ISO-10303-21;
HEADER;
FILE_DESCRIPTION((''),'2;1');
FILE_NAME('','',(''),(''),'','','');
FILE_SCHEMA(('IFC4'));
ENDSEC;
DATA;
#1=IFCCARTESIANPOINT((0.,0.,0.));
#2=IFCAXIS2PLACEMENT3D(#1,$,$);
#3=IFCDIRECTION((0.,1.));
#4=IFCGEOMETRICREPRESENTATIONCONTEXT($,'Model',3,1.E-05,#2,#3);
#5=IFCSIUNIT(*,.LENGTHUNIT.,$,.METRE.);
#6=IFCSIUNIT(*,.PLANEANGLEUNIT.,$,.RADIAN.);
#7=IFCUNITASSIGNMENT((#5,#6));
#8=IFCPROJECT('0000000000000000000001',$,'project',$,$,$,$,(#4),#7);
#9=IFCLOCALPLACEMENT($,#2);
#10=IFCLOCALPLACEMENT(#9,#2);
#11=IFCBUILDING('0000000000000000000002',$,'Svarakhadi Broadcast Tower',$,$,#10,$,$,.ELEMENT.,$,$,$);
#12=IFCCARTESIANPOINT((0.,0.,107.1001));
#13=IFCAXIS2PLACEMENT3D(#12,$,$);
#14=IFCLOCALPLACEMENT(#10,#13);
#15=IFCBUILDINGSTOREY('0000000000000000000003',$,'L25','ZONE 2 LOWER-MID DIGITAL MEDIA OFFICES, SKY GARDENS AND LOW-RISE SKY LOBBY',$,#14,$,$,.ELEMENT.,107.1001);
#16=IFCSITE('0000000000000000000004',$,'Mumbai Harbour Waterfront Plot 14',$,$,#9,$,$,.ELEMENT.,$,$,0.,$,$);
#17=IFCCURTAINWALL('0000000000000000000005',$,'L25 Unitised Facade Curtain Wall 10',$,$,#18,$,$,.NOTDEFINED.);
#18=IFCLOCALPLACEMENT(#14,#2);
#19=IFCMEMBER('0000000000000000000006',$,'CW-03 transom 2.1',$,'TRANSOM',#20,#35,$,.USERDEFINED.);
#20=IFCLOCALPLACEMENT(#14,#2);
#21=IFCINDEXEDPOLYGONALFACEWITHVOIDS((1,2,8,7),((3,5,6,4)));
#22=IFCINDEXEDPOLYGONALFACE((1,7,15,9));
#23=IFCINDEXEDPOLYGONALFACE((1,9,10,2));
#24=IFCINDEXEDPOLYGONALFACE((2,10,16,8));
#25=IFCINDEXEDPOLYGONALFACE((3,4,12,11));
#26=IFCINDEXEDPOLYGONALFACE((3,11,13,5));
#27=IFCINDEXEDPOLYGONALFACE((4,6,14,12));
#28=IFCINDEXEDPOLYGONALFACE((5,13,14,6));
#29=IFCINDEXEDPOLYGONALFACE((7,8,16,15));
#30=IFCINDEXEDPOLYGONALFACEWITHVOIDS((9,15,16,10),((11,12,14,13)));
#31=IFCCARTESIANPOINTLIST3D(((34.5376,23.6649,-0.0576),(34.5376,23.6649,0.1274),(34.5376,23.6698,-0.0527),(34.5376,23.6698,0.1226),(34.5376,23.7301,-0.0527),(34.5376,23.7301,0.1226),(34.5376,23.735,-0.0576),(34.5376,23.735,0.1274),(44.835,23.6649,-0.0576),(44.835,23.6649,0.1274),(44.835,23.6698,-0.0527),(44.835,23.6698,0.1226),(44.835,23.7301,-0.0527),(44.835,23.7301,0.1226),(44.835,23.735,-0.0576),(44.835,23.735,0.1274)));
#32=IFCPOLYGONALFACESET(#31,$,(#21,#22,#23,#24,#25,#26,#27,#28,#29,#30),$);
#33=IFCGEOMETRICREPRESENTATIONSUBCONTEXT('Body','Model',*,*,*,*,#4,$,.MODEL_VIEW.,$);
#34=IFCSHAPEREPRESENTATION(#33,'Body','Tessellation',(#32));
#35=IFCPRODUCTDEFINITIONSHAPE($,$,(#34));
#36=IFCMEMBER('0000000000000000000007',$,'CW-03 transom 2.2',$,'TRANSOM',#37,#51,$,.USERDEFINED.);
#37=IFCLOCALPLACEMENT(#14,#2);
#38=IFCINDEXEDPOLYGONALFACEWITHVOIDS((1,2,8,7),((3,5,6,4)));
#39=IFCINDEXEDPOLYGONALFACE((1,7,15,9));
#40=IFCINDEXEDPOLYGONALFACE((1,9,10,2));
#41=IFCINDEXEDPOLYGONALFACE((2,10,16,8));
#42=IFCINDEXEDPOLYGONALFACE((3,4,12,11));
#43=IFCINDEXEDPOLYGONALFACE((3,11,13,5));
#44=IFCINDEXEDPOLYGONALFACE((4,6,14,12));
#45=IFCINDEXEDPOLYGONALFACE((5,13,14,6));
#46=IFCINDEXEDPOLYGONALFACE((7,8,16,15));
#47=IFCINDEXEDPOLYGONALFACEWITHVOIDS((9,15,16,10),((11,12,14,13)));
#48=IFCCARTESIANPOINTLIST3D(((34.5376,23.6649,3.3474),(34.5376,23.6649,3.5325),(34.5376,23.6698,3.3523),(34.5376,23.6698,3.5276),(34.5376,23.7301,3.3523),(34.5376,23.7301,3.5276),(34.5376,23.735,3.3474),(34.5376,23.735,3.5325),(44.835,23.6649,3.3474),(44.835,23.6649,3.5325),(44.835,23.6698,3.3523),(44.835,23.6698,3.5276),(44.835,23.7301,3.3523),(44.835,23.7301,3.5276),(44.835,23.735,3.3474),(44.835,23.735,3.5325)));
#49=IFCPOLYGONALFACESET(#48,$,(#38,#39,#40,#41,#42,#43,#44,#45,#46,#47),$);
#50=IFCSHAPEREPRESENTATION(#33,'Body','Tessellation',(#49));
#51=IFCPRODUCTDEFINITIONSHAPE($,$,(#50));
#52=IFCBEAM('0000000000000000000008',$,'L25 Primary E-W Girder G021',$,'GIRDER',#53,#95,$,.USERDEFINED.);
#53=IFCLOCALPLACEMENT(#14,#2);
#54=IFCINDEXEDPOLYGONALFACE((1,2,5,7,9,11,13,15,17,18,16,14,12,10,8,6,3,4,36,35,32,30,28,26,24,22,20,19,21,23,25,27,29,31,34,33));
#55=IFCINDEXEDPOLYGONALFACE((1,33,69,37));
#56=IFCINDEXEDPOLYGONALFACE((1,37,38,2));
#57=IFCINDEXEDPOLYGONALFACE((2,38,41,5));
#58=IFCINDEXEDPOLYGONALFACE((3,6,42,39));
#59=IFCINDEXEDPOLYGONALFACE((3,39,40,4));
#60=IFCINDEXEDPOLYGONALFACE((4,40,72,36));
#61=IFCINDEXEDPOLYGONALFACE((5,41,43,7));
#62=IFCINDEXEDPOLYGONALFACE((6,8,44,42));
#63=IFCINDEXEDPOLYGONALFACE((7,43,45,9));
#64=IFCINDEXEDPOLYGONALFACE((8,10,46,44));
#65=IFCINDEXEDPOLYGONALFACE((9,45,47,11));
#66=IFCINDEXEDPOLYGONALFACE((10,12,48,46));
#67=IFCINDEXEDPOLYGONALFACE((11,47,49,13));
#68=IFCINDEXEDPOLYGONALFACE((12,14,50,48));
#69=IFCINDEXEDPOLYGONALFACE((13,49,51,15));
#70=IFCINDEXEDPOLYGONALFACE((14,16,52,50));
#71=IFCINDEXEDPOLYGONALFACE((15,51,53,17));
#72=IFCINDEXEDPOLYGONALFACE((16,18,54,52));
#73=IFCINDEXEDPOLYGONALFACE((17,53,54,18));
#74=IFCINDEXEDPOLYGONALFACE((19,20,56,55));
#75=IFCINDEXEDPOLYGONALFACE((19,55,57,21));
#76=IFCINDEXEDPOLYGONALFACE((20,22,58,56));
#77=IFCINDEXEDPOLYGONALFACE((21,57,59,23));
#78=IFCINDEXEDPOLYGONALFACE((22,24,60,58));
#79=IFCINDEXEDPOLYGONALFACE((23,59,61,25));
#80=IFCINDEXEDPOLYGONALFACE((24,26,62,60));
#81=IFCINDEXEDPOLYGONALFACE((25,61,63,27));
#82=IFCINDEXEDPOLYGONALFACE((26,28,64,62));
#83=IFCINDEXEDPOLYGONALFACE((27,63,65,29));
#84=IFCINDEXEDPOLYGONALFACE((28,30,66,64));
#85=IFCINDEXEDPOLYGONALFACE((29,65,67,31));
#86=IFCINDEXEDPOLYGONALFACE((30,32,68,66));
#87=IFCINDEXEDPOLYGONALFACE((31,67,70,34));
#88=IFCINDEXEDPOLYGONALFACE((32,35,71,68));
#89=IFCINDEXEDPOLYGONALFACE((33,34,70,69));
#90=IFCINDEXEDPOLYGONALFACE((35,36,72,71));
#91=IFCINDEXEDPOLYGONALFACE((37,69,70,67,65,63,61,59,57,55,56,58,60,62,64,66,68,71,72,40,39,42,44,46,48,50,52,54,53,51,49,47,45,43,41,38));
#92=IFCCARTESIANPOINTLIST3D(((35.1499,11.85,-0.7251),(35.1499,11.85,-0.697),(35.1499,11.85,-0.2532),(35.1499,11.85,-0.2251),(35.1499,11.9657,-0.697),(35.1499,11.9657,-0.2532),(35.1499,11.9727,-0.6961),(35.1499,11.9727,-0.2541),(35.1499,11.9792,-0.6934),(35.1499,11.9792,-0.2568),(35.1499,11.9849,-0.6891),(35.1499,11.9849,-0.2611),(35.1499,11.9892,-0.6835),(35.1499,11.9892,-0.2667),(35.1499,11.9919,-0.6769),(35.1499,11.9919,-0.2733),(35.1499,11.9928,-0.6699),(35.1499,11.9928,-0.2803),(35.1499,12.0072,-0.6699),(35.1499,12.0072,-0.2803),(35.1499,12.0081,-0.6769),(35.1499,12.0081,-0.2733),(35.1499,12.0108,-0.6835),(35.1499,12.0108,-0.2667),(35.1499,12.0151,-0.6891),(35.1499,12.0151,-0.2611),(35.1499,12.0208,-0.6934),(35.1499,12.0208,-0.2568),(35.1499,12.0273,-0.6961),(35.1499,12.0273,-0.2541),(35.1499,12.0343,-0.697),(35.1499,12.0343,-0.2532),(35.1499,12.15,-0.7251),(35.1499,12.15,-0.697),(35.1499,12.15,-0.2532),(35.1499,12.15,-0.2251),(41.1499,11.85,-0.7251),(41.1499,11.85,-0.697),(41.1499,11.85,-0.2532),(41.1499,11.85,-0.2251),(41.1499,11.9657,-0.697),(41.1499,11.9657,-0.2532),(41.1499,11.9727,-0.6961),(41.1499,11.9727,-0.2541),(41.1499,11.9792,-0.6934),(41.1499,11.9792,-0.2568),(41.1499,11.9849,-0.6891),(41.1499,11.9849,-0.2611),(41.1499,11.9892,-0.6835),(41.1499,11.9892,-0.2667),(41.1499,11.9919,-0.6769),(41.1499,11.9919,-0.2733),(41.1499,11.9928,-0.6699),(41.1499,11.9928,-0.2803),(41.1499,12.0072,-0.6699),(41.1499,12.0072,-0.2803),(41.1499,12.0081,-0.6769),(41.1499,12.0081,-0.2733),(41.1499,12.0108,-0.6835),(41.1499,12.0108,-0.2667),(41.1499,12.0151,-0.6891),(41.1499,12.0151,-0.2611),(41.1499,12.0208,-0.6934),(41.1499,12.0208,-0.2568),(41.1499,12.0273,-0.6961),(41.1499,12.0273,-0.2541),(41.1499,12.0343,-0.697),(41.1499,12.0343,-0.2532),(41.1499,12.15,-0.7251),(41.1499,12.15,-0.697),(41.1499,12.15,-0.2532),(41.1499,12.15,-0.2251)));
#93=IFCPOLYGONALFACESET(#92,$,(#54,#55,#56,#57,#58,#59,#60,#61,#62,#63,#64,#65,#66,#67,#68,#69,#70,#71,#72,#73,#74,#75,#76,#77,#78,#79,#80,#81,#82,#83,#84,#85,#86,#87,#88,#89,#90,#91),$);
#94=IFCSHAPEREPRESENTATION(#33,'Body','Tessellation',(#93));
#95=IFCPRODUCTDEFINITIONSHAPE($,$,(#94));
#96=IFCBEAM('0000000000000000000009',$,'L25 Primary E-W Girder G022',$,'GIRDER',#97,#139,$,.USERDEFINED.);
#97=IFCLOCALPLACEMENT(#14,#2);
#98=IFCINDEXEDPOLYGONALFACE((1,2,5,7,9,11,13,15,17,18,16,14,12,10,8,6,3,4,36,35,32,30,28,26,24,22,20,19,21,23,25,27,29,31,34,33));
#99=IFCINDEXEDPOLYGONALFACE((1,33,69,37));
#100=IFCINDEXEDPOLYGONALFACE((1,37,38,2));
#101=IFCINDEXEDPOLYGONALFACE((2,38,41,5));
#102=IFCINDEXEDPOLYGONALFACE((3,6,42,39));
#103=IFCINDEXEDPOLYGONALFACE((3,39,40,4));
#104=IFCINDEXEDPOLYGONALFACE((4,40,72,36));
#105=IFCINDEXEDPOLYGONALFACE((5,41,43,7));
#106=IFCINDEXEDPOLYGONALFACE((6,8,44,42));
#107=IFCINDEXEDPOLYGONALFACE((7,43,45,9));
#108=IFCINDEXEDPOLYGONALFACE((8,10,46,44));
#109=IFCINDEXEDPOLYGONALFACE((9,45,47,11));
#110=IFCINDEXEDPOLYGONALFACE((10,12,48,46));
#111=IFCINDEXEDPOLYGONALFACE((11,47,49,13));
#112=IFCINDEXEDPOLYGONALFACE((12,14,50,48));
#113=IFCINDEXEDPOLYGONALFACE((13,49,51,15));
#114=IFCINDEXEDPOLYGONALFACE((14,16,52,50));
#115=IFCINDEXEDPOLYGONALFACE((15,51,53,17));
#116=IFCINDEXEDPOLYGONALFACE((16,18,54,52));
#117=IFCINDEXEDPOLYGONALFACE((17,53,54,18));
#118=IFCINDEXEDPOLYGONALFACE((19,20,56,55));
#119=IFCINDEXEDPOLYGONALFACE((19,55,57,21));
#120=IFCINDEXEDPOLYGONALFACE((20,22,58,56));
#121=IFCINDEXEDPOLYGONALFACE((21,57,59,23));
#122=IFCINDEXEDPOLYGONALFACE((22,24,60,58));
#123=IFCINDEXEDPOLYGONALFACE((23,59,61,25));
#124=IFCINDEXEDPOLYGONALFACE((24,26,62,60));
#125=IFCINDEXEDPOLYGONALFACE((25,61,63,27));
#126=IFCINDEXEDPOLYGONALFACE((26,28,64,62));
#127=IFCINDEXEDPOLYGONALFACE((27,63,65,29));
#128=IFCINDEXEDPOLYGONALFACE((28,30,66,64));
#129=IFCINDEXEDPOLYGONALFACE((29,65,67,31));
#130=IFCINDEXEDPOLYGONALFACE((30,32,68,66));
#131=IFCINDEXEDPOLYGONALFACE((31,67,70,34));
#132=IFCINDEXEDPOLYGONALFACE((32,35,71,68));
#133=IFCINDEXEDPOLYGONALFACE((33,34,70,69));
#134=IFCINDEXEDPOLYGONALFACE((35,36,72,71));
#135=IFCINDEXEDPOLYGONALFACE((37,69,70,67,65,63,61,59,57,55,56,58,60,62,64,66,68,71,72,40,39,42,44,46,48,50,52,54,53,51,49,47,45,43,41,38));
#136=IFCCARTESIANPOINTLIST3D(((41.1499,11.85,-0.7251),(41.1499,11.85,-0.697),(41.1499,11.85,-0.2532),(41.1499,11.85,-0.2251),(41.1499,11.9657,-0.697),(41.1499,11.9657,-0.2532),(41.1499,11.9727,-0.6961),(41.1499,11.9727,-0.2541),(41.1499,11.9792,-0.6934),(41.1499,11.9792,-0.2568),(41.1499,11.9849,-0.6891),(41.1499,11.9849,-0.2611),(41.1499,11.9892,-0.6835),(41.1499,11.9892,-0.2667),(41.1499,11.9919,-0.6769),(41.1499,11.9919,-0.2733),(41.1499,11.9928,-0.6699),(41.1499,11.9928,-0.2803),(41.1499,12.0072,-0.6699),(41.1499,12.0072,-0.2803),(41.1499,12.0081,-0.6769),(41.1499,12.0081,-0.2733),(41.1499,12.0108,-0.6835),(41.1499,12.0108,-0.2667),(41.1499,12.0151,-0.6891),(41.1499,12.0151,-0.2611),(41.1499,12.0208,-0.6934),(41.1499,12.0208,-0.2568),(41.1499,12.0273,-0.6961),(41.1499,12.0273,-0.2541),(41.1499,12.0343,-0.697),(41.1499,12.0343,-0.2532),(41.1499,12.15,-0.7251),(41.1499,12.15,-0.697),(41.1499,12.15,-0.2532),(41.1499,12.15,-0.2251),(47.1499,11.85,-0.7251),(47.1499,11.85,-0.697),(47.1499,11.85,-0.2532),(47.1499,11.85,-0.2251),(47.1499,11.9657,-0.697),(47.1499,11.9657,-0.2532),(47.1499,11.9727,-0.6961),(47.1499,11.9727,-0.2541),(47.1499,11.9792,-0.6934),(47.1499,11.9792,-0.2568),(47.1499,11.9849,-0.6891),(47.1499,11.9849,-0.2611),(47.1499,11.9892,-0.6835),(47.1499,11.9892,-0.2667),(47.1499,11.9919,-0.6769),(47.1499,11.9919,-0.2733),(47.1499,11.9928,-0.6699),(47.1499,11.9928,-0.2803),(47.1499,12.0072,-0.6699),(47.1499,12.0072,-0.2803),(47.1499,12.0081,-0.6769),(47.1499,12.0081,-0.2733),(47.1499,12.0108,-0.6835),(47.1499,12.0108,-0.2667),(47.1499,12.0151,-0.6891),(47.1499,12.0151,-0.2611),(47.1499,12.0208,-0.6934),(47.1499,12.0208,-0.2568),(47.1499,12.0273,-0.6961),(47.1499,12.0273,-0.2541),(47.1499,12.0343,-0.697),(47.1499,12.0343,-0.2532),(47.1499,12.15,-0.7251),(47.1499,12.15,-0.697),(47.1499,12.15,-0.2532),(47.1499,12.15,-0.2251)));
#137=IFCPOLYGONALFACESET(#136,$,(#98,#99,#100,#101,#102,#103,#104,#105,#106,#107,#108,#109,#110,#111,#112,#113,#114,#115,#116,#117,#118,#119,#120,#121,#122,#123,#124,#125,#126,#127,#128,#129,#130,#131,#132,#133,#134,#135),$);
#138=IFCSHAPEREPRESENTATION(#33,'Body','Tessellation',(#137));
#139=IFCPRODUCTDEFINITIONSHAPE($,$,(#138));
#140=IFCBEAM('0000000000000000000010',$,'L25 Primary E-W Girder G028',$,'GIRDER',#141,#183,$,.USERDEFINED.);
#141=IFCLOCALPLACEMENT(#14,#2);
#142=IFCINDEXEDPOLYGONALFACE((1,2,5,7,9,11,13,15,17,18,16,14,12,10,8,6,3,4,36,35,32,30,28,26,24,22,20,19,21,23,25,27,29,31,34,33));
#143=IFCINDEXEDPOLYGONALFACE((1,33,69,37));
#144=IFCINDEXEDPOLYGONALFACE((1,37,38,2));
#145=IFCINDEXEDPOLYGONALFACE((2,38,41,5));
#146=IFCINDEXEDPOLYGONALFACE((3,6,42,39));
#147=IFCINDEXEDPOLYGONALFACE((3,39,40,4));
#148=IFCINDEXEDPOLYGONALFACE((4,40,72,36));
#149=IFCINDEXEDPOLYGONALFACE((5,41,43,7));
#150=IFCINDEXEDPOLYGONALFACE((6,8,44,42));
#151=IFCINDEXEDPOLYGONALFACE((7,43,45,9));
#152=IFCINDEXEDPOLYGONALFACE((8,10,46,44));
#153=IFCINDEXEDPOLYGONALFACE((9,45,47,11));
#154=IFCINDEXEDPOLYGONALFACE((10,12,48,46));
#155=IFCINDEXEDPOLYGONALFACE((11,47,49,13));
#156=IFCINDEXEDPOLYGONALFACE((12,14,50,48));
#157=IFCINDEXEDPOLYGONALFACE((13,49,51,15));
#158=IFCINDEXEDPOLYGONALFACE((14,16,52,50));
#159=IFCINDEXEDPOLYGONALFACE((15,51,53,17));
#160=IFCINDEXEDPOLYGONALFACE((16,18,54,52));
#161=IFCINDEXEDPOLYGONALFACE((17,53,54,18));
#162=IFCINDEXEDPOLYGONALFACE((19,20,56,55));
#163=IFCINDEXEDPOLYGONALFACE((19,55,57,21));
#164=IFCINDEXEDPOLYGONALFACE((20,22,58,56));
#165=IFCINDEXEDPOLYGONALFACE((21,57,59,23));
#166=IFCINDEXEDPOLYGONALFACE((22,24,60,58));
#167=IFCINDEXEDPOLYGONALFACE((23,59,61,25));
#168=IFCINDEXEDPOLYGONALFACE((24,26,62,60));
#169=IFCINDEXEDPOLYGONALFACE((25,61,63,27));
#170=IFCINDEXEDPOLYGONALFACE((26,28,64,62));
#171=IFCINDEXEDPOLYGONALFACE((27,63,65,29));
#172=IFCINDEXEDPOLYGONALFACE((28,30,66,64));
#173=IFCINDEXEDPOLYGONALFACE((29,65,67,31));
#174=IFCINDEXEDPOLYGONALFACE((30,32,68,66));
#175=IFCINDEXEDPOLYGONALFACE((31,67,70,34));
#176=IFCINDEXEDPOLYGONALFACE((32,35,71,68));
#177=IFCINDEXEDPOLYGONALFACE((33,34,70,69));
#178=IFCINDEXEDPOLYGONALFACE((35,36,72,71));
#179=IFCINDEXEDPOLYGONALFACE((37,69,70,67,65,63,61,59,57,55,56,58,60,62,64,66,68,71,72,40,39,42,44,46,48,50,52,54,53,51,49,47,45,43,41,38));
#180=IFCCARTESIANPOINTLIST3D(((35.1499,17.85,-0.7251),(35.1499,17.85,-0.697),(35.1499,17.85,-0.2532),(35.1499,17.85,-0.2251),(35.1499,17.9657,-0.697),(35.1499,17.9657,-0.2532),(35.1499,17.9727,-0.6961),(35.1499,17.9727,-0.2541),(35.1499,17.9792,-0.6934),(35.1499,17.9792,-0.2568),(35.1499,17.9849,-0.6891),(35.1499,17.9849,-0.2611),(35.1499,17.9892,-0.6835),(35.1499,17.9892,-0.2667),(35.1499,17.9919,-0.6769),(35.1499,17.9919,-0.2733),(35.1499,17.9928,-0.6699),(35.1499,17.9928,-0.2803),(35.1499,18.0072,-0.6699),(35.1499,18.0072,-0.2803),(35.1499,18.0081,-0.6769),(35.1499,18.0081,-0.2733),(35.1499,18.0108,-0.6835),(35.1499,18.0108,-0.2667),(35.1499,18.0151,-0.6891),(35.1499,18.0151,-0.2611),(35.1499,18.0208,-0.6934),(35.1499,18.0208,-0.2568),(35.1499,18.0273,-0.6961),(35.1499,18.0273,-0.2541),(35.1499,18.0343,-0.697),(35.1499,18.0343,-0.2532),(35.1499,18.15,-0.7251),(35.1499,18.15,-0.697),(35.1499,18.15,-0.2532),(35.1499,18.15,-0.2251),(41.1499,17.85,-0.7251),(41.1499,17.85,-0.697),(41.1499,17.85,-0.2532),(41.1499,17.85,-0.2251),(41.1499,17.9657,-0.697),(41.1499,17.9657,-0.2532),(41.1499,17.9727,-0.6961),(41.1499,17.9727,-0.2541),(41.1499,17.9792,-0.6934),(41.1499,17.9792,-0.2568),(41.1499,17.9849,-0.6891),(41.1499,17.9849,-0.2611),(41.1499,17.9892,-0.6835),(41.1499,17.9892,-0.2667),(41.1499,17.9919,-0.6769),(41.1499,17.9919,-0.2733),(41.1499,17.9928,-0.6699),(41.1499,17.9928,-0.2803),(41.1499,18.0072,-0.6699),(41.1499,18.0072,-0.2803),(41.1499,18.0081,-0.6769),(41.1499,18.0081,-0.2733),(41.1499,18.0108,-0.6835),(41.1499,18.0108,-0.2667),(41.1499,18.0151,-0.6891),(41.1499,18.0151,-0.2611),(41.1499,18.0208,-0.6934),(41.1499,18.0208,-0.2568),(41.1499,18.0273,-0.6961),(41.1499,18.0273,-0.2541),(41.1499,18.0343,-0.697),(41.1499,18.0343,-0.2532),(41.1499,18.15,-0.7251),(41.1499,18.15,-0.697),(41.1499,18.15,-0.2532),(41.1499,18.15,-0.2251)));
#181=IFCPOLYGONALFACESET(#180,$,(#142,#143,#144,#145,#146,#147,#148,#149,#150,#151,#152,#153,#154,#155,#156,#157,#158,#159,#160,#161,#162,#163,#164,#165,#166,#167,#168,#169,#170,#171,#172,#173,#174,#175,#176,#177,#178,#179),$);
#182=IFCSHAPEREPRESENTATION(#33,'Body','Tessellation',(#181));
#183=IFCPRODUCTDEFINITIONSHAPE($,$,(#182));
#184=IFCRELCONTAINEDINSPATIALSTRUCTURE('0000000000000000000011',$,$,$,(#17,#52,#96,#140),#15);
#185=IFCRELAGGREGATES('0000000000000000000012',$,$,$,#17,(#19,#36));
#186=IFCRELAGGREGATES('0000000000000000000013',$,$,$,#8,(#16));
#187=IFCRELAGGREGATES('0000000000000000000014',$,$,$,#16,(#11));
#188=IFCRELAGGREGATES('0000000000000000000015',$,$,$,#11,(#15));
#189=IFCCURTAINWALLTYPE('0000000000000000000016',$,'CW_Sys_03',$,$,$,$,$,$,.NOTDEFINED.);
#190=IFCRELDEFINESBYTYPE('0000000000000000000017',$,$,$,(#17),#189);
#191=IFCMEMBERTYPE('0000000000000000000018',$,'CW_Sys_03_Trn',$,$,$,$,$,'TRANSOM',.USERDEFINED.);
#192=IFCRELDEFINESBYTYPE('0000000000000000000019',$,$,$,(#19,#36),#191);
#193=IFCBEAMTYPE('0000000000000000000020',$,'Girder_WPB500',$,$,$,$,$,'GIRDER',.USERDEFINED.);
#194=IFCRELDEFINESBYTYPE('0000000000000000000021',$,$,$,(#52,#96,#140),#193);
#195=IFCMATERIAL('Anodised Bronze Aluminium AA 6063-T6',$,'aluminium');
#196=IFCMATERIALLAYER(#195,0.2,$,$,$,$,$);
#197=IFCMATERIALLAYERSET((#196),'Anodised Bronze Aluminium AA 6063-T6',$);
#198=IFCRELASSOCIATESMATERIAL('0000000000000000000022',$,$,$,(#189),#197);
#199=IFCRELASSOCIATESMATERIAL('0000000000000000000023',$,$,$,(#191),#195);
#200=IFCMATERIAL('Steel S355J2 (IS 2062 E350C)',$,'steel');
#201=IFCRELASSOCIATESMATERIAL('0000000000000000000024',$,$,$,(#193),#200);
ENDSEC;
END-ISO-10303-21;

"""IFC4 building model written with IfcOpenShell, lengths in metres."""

from ifc_helpers import new_model, si_unit, direction, frame, origin, origin_2d, place, context, subcontext, project, spatial, hollow_rectangle, i_section, extrude, material, layer, layer_set, material_profile, profile_set, type_object, element, aggregate, save


model = new_model("IFC4")

# Units and contexts
model_context = context("Model", 3, precision=1e-05, world=origin(), true_north=direction((0.0, 1.0)))
body_context = subcontext(model_context, "Body", "Model", "MODEL_VIEW")
ifc_project = project(units=[si_unit("LENGTHUNIT", "METRE"), si_unit("PLANEANGLEUNIT", "RADIAN")], contexts=[model_context])

# Site, building, storey
site_placement = place(None, origin())
site = spatial("IfcSite", under=ifc_project, at=site_placement, Name="Mumbai Harbour Waterfront Plot 14", CompositionType="ELEMENT", RefElevation=0.0)
building_placement = place(site_placement, origin())
building = spatial("IfcBuilding", under=site, at=building_placement, Name="Svarakhadi Broadcast Tower", CompositionType="ELEMENT")
storey_placement = place(building_placement, frame((0.0, 0.0, 107.1001)))
storey = spatial("IfcBuildingStorey", under=building, at=storey_placement, Name="L25", Description="ZONE 2 LOWER-MID DIGITAL MEDIA OFFICES, SKY GARDENS AND LOW-RISE SKY LOBBY", CompositionType="ELEMENT", Elevation=107.1001)

# Shared definitions
ifc_material_1 = material(Name="Steel S355J2 (IS 2062 E350C)", Category="steel")

# Curtain wall, members
ifc_material_2 = material(Name="Anodised Bronze Aluminium AA 6063-T6", Category="aluminium")
ifc_layer_1 = layer(ifc_material_2, 0.2)
ifc_layer_set_1 = layer_set([ifc_layer_1], Name="Anodised Bronze Aluminium AA 6063-T6")
curtain_wall_type = type_object("IfcCurtainWallType", Name="CW_Sys_03", PredefinedType="NOTDEFINED", material=ifc_layer_set_1)
curtain_wall_placement = place(storey_placement, origin())
curtain_wall = element("IfcCurtainWall", 1, at=curtain_wall_placement, inside=storey, type_object=curtain_wall_type, Name="L25 Unitised Facade Curtain Wall 10", PredefinedType="NOTDEFINED")
ifc_material_profile_1 = material_profile(ifc_material_2, hollow_rectangle(XDim=0.0701, YDim=0.1851, WallThickness=0.0049, at=origin_2d()), Name="ALU TRANSOM 185x70x5")
ifc_profile_set_1 = profile_set([ifc_material_profile_1], Name="Anodised Bronze Aluminium AA 6063-T6")
member_type_1 = type_object("IfcMemberType", Name="CW_Sys_03_Trn", ElementType="TRANSOM", PredefinedType="USERDEFINED", material=ifc_profile_set_1)
member_1_placement = place(storey_placement, frame((34.5376, 23.7, 0.0349), z_axis=(1.0, 0.0, 0.0), x_axis=(0.0, 1.0, 0.0)))
member_1 = element("IfcMember", 2, at=member_1_placement, type_object=member_type_1, Name="CW-03 transom 2.1", ObjectType="TRANSOM", PredefinedType="USERDEFINED", context=body_context, shape_type="SweptSolid", body=[
    extrude(hollow_rectangle(XDim=0.0701, YDim=0.1851, WallThickness=0.0049, at=origin_2d()), origin(), (0.0, 0.0, 1.0), 10.2974),
])
member_2_placement = place(storey_placement, frame((34.5376, 23.7, 3.4399), z_axis=(1.0, 0.0, 0.0), x_axis=(0.0, 1.0, 0.0)))
member_2 = element("IfcMember", 3, at=member_2_placement, type_object=member_type_1, Name="CW-03 transom 2.2", ObjectType="TRANSOM", PredefinedType="USERDEFINED", context=body_context, shape_type="SweptSolid", body=[
    extrude(hollow_rectangle(XDim=0.0701, YDim=0.1851, WallThickness=0.0049, at=origin_2d()), origin(), (0.0, 0.0, 1.0), 10.2974),
])

# Beams
ifc_material_profile_2 = material_profile(ifc_material_1, i_section(OverallWidth=0.3, OverallDepth=0.5, WebThickness=0.0144, FlangeThickness=0.0281, FilletRadius=0.0271, at=origin_2d()), Name="WPB 500x300x187")
ifc_profile_set_2 = profile_set([ifc_material_profile_2], Name="Steel S355J2 (IS 2062 E350C)")
beam_type_1 = type_object("IfcBeamType", Name="Girder_WPB500", ElementType="GIRDER", PredefinedType="USERDEFINED", material=ifc_profile_set_2)
for number, where, z_axis, x_axis, name in (
    (4, (35.1499, 12.0, -0.4751), (1.0, 0.0, 0.0), (0.0, 1.0, 0.0), "L25 Primary E-W Girder G021"),
    (5, (41.1499, 12.0, -0.4751), (1.0, 0.0, 0.0), (0.0, 1.0, 0.0), "L25 Primary E-W Girder G022"),
    (6, (35.1499, 18.0, -0.4751), (1.0, 0.0, 0.0), (0.0, 1.0, 0.0), "L25 Primary E-W Girder G028"),
):
    element("IfcBeam", number, at=place(storey_placement, frame(where, z_axis=z_axis, x_axis=x_axis)), inside=storey, type_object=beam_type_1, Name=name, ObjectType="GIRDER", PredefinedType="USERDEFINED", context=body_context, shape_type="SweptSolid", body=[
        extrude(i_section(OverallWidth=0.3, OverallDepth=0.5, WebThickness=0.0144, FlangeThickness=0.0281, FilletRadius=0.0271, at=origin_2d()), origin(), (0.0, 0.0, 1.0), 6.0),
    ])

aggregate(curtain_wall, [member_1, member_2])

save(model, "model.ifc")
